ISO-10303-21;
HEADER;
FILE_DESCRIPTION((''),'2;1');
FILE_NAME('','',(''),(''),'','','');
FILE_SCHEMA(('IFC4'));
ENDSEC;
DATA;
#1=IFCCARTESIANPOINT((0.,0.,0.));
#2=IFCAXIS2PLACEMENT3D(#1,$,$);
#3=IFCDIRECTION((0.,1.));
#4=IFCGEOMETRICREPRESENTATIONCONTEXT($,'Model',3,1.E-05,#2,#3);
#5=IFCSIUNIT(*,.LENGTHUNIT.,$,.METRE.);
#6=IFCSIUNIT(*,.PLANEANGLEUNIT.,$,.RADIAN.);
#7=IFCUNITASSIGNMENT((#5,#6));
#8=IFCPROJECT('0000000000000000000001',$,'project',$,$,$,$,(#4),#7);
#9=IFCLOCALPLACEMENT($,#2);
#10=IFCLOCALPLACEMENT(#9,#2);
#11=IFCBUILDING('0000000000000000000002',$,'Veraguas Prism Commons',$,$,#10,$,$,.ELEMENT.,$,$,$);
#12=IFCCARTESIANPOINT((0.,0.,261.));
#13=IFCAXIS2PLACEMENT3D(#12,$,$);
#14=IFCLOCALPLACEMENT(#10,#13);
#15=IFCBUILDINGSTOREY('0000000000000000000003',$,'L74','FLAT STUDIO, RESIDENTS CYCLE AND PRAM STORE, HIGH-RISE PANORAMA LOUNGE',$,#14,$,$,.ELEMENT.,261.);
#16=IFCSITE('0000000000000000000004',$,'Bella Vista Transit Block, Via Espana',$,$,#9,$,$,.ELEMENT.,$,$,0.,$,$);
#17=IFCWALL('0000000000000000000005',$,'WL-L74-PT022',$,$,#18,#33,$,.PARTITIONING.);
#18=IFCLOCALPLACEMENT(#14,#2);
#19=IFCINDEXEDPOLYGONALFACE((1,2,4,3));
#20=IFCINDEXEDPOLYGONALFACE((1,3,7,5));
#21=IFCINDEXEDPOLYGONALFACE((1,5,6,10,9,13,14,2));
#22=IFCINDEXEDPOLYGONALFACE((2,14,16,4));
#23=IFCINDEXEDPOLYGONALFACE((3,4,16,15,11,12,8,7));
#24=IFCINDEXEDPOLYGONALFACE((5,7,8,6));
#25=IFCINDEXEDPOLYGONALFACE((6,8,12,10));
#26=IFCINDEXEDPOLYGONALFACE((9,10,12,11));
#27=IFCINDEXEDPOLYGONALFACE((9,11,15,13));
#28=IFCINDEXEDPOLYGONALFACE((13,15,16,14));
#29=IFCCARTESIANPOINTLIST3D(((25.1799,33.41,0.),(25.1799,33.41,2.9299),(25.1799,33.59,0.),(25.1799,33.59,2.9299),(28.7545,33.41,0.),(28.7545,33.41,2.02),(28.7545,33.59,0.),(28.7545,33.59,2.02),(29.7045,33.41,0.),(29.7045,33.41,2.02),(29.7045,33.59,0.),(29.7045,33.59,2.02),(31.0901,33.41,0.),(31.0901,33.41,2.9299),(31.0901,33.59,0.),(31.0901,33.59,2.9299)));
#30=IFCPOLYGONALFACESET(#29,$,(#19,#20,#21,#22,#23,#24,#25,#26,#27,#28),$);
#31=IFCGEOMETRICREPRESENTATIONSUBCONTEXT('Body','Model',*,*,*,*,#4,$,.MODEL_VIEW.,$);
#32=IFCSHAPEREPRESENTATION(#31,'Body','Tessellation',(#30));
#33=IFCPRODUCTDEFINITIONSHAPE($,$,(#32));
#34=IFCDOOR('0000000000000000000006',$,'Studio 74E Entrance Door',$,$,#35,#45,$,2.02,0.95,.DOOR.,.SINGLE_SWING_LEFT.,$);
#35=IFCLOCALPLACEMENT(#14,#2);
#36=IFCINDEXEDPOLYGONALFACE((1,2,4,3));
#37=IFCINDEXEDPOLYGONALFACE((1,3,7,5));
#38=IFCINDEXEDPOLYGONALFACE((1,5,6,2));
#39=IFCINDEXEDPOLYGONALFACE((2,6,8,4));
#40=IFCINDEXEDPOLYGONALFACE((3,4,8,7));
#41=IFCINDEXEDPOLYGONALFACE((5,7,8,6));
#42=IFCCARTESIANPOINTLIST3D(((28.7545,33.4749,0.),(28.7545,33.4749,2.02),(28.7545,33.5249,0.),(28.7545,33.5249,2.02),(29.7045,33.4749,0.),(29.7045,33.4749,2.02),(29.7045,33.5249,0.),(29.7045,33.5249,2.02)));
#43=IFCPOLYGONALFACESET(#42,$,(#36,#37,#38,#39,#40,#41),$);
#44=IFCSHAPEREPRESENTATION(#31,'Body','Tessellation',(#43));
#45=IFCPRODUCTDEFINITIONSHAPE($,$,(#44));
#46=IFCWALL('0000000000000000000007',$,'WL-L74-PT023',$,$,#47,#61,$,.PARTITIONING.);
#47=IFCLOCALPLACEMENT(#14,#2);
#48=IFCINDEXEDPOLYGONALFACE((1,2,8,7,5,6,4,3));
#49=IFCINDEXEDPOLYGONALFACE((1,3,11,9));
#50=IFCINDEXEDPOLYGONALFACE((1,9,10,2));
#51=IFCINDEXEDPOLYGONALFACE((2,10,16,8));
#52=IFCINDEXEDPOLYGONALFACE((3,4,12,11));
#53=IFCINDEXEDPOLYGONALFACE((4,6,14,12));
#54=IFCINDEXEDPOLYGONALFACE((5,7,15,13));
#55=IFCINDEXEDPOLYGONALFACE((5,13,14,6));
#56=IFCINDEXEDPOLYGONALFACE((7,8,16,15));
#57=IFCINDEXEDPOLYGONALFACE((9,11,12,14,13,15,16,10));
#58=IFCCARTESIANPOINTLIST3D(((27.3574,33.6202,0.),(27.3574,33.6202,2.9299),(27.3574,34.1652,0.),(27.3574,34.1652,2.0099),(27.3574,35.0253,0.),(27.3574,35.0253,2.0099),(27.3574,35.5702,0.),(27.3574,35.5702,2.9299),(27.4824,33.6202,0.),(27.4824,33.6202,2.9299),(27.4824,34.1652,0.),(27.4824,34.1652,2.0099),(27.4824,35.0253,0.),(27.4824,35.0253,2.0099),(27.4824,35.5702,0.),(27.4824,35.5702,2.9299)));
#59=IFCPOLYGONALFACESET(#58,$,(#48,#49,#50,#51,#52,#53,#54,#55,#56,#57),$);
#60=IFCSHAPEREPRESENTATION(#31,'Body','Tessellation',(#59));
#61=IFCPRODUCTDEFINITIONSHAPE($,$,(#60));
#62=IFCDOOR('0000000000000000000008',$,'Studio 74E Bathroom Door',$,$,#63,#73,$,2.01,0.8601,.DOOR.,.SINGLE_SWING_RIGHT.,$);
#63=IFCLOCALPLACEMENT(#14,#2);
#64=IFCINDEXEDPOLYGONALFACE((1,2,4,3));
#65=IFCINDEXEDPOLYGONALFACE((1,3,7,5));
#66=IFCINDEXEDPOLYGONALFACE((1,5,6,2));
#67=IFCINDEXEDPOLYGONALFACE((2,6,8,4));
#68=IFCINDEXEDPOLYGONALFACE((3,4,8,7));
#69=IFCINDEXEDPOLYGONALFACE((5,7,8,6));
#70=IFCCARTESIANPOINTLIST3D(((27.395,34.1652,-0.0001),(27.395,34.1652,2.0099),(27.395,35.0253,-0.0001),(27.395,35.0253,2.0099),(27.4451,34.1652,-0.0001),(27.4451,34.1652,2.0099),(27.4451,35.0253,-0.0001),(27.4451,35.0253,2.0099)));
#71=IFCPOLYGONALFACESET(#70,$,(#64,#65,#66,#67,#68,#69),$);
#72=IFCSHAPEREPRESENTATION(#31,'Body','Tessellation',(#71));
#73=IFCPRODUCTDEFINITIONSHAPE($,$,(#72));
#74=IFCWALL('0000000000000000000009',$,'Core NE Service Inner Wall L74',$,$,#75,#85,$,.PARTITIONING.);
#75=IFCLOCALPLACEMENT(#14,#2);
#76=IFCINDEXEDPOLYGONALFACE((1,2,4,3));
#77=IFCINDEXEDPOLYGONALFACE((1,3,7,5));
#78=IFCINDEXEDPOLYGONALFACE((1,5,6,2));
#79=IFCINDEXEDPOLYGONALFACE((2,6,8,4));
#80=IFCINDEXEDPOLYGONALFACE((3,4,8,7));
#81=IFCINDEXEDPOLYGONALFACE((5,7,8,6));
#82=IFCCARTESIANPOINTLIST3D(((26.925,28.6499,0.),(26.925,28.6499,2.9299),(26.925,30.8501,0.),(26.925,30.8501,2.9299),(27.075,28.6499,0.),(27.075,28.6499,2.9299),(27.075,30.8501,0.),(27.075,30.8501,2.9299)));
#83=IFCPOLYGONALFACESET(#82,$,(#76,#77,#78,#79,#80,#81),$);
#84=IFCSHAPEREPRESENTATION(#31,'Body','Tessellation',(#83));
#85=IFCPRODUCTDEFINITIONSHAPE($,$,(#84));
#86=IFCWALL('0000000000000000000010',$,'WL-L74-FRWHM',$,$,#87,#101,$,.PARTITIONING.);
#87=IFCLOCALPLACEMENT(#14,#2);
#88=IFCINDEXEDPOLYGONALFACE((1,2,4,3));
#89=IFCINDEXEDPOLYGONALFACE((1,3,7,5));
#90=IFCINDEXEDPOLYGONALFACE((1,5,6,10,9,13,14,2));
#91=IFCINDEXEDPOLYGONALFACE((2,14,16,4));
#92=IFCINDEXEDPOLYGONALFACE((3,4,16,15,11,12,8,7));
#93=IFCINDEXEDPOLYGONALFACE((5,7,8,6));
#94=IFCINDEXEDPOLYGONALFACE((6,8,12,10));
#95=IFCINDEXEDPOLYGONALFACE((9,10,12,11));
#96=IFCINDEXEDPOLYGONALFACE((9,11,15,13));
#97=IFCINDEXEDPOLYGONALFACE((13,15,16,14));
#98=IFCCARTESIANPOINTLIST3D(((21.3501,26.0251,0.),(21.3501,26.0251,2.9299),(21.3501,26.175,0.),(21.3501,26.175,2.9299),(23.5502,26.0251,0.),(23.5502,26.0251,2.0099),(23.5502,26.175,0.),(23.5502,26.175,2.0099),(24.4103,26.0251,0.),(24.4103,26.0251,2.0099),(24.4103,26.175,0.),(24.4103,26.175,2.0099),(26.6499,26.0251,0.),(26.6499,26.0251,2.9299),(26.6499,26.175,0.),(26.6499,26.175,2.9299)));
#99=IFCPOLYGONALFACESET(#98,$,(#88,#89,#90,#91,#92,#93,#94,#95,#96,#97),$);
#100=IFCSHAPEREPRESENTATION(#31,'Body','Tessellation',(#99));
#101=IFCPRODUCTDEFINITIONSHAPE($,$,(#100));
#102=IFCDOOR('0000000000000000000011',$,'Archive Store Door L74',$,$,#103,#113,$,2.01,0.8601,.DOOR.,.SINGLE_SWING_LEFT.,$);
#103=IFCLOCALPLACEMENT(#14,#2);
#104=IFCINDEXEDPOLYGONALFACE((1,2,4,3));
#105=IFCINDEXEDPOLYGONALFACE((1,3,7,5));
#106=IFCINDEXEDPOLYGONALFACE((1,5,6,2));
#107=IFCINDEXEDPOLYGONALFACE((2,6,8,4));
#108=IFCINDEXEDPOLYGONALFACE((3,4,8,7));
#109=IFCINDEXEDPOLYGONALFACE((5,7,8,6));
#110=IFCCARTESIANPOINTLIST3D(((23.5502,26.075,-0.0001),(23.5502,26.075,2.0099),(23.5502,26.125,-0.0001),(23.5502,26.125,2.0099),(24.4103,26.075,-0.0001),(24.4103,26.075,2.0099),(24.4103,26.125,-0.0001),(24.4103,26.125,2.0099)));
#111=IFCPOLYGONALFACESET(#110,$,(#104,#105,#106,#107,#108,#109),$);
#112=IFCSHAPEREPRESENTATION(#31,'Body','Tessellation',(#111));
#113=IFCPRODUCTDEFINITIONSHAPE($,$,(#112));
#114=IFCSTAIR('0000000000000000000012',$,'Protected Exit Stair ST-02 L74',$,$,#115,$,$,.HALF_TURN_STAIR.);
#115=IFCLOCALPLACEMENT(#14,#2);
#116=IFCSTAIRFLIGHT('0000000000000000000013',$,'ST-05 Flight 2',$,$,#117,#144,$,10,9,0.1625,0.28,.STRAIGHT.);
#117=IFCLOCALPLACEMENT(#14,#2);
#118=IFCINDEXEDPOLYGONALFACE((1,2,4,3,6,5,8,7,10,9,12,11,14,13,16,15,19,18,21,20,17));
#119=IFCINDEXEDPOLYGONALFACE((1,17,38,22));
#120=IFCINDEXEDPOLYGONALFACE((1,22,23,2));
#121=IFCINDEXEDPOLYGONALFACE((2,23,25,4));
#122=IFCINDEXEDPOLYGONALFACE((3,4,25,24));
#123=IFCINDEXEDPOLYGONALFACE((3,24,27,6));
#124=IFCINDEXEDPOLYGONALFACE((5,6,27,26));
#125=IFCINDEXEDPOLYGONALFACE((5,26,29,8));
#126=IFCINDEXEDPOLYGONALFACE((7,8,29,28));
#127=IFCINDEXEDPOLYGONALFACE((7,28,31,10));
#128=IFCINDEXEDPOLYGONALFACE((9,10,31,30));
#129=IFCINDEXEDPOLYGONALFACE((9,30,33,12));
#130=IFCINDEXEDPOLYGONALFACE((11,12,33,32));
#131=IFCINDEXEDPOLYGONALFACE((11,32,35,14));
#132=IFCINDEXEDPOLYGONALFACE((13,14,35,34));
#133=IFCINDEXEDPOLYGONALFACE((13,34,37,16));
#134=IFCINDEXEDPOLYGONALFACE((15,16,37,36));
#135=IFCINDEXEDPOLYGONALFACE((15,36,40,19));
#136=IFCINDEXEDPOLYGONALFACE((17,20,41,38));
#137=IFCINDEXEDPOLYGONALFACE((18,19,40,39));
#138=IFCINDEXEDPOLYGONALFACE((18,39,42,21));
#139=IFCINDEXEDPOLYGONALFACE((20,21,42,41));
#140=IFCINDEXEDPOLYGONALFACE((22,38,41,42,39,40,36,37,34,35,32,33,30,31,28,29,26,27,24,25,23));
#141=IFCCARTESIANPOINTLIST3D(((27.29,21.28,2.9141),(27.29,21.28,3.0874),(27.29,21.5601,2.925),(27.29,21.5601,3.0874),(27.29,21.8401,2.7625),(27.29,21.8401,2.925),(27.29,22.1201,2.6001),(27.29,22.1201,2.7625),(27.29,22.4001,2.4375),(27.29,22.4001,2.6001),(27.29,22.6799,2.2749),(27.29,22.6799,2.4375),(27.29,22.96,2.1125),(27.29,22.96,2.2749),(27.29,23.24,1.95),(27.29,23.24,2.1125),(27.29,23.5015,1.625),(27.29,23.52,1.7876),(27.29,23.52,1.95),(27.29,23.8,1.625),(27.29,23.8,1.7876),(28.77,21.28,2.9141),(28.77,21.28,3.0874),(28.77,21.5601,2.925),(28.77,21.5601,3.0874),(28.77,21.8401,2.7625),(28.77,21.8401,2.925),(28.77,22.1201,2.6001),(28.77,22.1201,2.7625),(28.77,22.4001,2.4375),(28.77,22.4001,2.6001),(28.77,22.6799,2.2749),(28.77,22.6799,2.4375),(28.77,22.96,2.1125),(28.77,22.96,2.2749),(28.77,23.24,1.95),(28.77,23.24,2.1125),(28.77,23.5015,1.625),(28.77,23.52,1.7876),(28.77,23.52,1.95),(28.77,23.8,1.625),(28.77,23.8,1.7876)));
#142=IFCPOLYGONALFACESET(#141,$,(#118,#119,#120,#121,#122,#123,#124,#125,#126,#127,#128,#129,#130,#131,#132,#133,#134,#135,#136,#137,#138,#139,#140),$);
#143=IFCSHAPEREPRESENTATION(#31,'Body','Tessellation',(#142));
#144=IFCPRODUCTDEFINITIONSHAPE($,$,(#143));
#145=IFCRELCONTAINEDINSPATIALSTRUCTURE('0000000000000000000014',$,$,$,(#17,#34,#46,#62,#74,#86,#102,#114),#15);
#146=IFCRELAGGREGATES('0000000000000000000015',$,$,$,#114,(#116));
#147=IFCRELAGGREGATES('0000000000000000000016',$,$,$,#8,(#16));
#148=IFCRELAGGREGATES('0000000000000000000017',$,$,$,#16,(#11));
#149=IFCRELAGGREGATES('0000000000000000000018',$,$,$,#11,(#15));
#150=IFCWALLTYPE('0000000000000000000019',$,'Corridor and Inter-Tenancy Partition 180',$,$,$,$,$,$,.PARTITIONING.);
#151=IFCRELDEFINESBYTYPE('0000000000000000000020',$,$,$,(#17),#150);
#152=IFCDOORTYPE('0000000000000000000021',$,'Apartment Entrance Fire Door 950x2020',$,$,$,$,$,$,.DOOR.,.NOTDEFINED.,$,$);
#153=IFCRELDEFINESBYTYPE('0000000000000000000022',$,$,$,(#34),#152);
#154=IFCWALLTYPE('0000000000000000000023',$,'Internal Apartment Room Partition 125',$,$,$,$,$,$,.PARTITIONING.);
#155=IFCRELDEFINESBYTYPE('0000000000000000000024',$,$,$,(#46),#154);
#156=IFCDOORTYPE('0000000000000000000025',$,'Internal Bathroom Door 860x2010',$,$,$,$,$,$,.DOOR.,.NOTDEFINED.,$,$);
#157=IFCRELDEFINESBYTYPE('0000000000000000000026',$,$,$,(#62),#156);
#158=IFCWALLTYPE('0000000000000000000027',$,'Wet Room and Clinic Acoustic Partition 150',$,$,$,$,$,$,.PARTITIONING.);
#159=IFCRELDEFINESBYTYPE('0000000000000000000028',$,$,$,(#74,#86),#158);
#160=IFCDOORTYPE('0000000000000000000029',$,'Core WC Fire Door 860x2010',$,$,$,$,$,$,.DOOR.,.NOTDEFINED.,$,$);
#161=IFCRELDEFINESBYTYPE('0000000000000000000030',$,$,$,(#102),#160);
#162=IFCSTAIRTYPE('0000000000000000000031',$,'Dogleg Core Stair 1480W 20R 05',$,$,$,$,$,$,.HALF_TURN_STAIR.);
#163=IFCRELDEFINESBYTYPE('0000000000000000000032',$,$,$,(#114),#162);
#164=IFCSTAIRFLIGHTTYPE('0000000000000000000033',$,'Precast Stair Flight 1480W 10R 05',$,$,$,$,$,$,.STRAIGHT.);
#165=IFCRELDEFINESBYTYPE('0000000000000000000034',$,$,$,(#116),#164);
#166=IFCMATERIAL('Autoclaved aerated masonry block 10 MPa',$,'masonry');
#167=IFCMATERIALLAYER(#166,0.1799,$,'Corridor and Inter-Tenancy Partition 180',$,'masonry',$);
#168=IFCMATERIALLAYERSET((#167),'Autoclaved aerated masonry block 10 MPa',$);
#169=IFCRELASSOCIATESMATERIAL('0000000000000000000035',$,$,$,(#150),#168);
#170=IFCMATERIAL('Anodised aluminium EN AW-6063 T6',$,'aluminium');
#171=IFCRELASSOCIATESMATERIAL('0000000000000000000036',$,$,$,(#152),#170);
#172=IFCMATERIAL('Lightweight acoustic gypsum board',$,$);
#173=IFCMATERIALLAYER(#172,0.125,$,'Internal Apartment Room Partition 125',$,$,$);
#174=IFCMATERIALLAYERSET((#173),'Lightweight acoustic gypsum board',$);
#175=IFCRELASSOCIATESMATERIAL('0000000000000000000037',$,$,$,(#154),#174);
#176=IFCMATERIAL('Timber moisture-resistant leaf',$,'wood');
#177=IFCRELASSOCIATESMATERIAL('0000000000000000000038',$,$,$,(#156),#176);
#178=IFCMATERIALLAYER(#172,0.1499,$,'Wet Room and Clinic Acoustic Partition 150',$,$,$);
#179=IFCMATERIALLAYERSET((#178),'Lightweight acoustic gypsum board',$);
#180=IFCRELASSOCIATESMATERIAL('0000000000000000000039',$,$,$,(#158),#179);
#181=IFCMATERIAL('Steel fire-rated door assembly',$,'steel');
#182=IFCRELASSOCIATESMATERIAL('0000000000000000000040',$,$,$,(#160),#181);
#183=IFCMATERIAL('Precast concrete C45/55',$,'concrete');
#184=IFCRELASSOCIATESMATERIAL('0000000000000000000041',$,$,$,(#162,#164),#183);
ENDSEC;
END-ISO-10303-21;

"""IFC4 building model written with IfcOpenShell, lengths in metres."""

from ifc_helpers import new_model, si_unit, direction, frame, frame_2d, origin, place, context, subcontext, project, spatial, polyline, rectangle, outline, extrude, source, transform, mapped, material, layer, layer_set, type_object, element, fill, aggregate, save


model = new_model("IFC4")

# Units and contexts
model_context = context("Model", 3, precision=1e-05, world=origin(), true_north=direction((0.0, 1.0)))
body_context = subcontext(model_context, "Body", "Model", "MODEL_VIEW")
ifc_project = project(units=[si_unit("LENGTHUNIT", "METRE"), si_unit("PLANEANGLEUNIT", "RADIAN")], contexts=[model_context])

# Site, building, storey
site_placement = place(None, origin())
site = spatial("IfcSite", under=ifc_project, at=site_placement, Name="Bella Vista Transit Block, Via Espana", CompositionType="ELEMENT", RefElevation=0.0)
building_placement = place(site_placement, origin())
building = spatial("IfcBuilding", under=site, at=building_placement, Name="Veraguas Prism Commons", CompositionType="ELEMENT")
storey_placement = place(building_placement, frame((0.0, 0.0, 261.0)))
storey = spatial("IfcBuildingStorey", under=building, at=storey_placement, Name="L74", Description="FLAT STUDIO, RESIDENTS CYCLE AND PRAM STORE, HIGH-RISE PANORAMA LOUNGE", CompositionType="ELEMENT", Elevation=261.0)

# Shared definitions
ifc_material_1 = material(Name="Steel fire-rated door assembly", Category="steel")
ifc_material_2 = material(Name="Autoclaved aerated masonry block 10 MPa", Category="masonry")
ifc_layer_1 = layer(ifc_material_2, 0.1799, Name="Corridor and Inter-Tenancy Partition 180", Category="masonry")
ifc_layer_set_1 = layer_set([ifc_layer_1], Name="Autoclaved aerated masonry block 10 MPa")
wall_type_1 = type_object("IfcWallType", Name="Corridor and Inter-Tenancy Partition 180", PredefinedType="PARTITIONING", material=ifc_layer_set_1)

# Walls, openings, doors
wall_1_placement = place(storey_placement, frame((25.1799, 33.5, 0.0), z_axis=(0.0, 0.0, 1.0), x_axis=(1.0, 0.0, 0.0)))
wall_1 = element("IfcWall", 1, at=wall_1_placement, inside=storey, type_object=wall_type_1, Name="WL-L74-PT022", PredefinedType="PARTITIONING", context=body_context, shape_type="SweptSolid", body=[
    extrude(rectangle(XDim=5.9102, YDim=0.1799, at=frame_2d((2.9551, 0.0))), origin(), (0.0, 0.0, 1.0), 2.9299),
])
opening_1_placement = place(wall_1_placement, frame((3.5745, 0.0, 0.0)))
opening_1 = element("IfcOpeningElement", 2, at=opening_1_placement, cuts=wall_1, PredefinedType="OPENING", context=body_context, shape_type="SweptSolid", body=[
    extrude(rectangle(XDim=0.95, YDim=2.02, at=frame_2d((0.4751, 1.01))), frame((0.0, 0.0999, 0.0), z_axis=(0.0, -1.0, 0.0), x_axis=(1.0, 0.0, 0.0)), (0.0, 0.0, 1.0), 0.2),
])
ifc_material_3 = material(Name="Anodised aluminium EN AW-6063 T6", Category="aluminium")
door_type_1 = type_object("IfcDoorType", Name="Apartment Entrance Fire Door 950x2020", OperationType="NOTDEFINED", PredefinedType="DOOR", material=ifc_material_3)
shared_shape_1 = source(origin(), body_context, "Body", "SweptSolid", [
    extrude(rectangle(XDim=0.95, YDim=2.02, at=frame_2d((0.4751, 1.01))), frame((0.0, 0.0249, 0.0), z_axis=(0.0, -1.0, 0.0), x_axis=(1.0, 0.0, 0.0)), (0.0, 0.0, 1.0), 0.05),
])
door_1_placement = place(opening_1_placement, origin())
door_1 = element("IfcDoor", 3, at=door_1_placement, inside=storey, type_object=door_type_1, Name="Studio 74E Entrance Door", OperationType="SINGLE_SWING_LEFT", OverallHeight=2.02, OverallWidth=0.95, PredefinedType="DOOR", context=body_context, shape_type="MappedRepresentation", body=[
    mapped(shared_shape_1, transform((0.0, 0.0, 0.0), scale=1.0)),
])
fill(opening_1, door_1)
ifc_material_4 = material(Name="Lightweight acoustic gypsum board")
ifc_layer_2 = layer(ifc_material_4, 0.125, Name="Internal Apartment Room Partition 125")
ifc_layer_set_2 = layer_set([ifc_layer_2], Name="Lightweight acoustic gypsum board")
wall_type_2 = type_object("IfcWallType", Name="Internal Apartment Room Partition 125", PredefinedType="PARTITIONING", material=ifc_layer_set_2)
wall_2_placement = place(storey_placement, frame((27.4199, 33.6201, 0.0), z_axis=(0.0, 0.0, 1.0), x_axis=(0.0, 1.0, 0.0)))
wall_2 = element("IfcWall", 4, at=wall_2_placement, inside=storey, type_object=wall_type_2, Name="WL-L74-PT023", PredefinedType="PARTITIONING", context=body_context, shape_type="SweptSolid", body=[
    extrude(rectangle(XDim=1.95, YDim=0.125, at=frame_2d((0.9751, 0.0))), origin(), (0.0, 0.0, 1.0), 2.9299),
])
opening_2_placement = place(wall_2_placement, frame((0.5449, 0.0, 0.0)))
opening_2 = element("IfcOpeningElement", 5, at=opening_2_placement, cuts=wall_2, PredefinedType="OPENING", context=body_context, shape_type="SweptSolid", body=[
    extrude(rectangle(XDim=0.8601, YDim=2.01, at=frame_2d((0.4302, 1.0049))), frame((0.0, 0.0725, 0.0), z_axis=(0.0, -1.0, 0.0), x_axis=(1.0, 0.0, 0.0)), (0.0, 0.0, 1.0), 0.145),
])
ifc_material_5 = material(Name="Timber moisture-resistant leaf", Category="wood")
door_type_2 = type_object("IfcDoorType", Name="Internal Bathroom Door 860x2010", OperationType="NOTDEFINED", PredefinedType="DOOR", material=ifc_material_5)
shared_shape_2 = source(origin(), body_context, "Body", "SweptSolid", [
    extrude(rectangle(XDim=0.8601, YDim=2.01, at=frame_2d((0.4302, 1.0049))), frame((0.0, 0.0249, 0.0), z_axis=(0.0, -1.0, 0.0), x_axis=(1.0, 0.0, 0.0)), (0.0, 0.0, 1.0), 0.05),
])
door_2_placement = place(opening_2_placement, origin())
door_2 = element("IfcDoor", 6, at=door_2_placement, inside=storey, type_object=door_type_2, Name="Studio 74E Bathroom Door", OperationType="SINGLE_SWING_RIGHT", OverallHeight=2.01, OverallWidth=0.8601, PredefinedType="DOOR", context=body_context, shape_type="MappedRepresentation", body=[
    mapped(shared_shape_2, transform((0.0, 0.0, 0.0), scale=1.0)),
])
fill(opening_2, door_2)

# Wall
ifc_layer_3 = layer(ifc_material_4, 0.1499, Name="Wet Room and Clinic Acoustic Partition 150")
ifc_layer_set_3 = layer_set([ifc_layer_3], Name="Lightweight acoustic gypsum board")
wall_type_3 = type_object("IfcWallType", Name="Wet Room and Clinic Acoustic Partition 150", PredefinedType="PARTITIONING", material=ifc_layer_set_3)
wall_3_placement = place(storey_placement, frame((27.0, 28.6499, 0.0), z_axis=(0.0, 0.0, 1.0), x_axis=(0.0, 1.0, 0.0)))
element("IfcWall", 7, at=wall_3_placement, inside=storey, type_object=wall_type_3, Name="Core NE Service Inner Wall L74", PredefinedType="PARTITIONING", context=body_context, shape_type="SweptSolid", body=[
    extrude(rectangle(XDim=2.2002, YDim=0.1499, at=frame_2d((1.1001, 0.0))), origin(), (0.0, 0.0, 1.0), 2.9299),
])

# Wall, opening, door
wall_4_placement = place(storey_placement, frame((21.3501, 26.1001, 0.0), z_axis=(0.0, 0.0, 1.0), x_axis=(1.0, 0.0, 0.0)))
wall_4 = element("IfcWall", 8, at=wall_4_placement, inside=storey, type_object=wall_type_3, Name="WL-L74-FRWHM", PredefinedType="PARTITIONING", context=body_context, shape_type="SweptSolid", body=[
    extrude(rectangle(XDim=5.2998, YDim=0.1499, at=frame_2d((2.6499, 0.0))), origin(), (0.0, 0.0, 1.0), 2.9299),
])
opening_3_placement = place(wall_4_placement, frame((2.2, 0.0, 0.0)))
opening_3 = element("IfcOpeningElement", 9, at=opening_3_placement, cuts=wall_4, PredefinedType="OPENING", context=body_context, shape_type="SweptSolid", body=[
    extrude(rectangle(XDim=0.8601, YDim=2.01, at=frame_2d((0.4302, 1.0049))), frame((0.0, 0.085, 0.0), z_axis=(0.0, -1.0, 0.0), x_axis=(1.0, 0.0, 0.0)), (0.0, 0.0, 1.0), 0.1699),
])
door_type_3 = type_object("IfcDoorType", Name="Core WC Fire Door 860x2010", OperationType="NOTDEFINED", PredefinedType="DOOR", material=ifc_material_1)
door_3_placement = place(opening_3_placement, origin())
door_3 = element("IfcDoor", 10, at=door_3_placement, inside=storey, type_object=door_type_3, Name="Archive Store Door L74", OperationType="SINGLE_SWING_LEFT", OverallHeight=2.01, OverallWidth=0.8601, PredefinedType="DOOR", context=body_context, shape_type="MappedRepresentation", body=[
    mapped(shared_shape_2, transform((0.0, 0.0, 0.0), scale=1.0)),
])
fill(opening_3, door_3)

# Stair, stair flight
ifc_material_6 = material(Name="Precast concrete C45/55", Category="concrete")
stair_type = type_object("IfcStairType", Name="Dogleg Core Stair 1480W 20R 05", PredefinedType="HALF_TURN_STAIR", material=ifc_material_6)
stair_placement = place(storey_placement, origin())
stair = element("IfcStair", 11, at=stair_placement, inside=storey, type_object=stair_type, Name="Protected Exit Stair ST-02 L74", PredefinedType="HALF_TURN_STAIR")
stair_flight_type = type_object("IfcStairFlightType", Name="Precast Stair Flight 1480W 10R 05", PredefinedType="STRAIGHT", material=ifc_material_6)
stair_flight_placement = place(storey_placement, frame((28.03, 23.8, 1.625), z_axis=(0.0, 0.0, 1.0), x_axis=(0.0, -1.0, 0.0)))
stair_flight = element("IfcStairFlight", 12, at=stair_flight_placement, type_object=stair_flight_type, Name="ST-05 Flight 2", NumberOfRisers=10, NumberOfTreads=9, PredefinedType="STRAIGHT", RiserHeight=0.1625, TreadLength=0.28, context=body_context, shape_type="SweptSolid", body=[
    extrude(outline(polyline([(0.0, 0.0), (0.0, 0.1626), (0.28, 0.1626), (0.28, 0.325), (0.5601, 0.325), (0.5601, 0.4875), (0.8401, 0.4875), (0.8401, 0.6499), (1.1201, 0.6499), (1.1201, 0.8125), (1.3999, 0.8125), (1.3999, 0.9751), (1.6799, 0.9751), (1.6799, 1.1375), (1.96, 1.1375), (1.96, 1.3), (2.24, 1.3), (2.24, 1.4624), (2.52, 1.4624), (2.52, 1.625), (2.52, 1.2891), (0.2986, 0.0), (0.0, 0.0)])), frame((0.0, 0.74, 0.0), z_axis=(0.0, -1.0, 0.0), x_axis=(1.0, 0.0, 0.0)), (0.0, 0.0, 1.0), 1.48),
])
aggregate(stair, [stair_flight])

save(model, "model.ifc")
